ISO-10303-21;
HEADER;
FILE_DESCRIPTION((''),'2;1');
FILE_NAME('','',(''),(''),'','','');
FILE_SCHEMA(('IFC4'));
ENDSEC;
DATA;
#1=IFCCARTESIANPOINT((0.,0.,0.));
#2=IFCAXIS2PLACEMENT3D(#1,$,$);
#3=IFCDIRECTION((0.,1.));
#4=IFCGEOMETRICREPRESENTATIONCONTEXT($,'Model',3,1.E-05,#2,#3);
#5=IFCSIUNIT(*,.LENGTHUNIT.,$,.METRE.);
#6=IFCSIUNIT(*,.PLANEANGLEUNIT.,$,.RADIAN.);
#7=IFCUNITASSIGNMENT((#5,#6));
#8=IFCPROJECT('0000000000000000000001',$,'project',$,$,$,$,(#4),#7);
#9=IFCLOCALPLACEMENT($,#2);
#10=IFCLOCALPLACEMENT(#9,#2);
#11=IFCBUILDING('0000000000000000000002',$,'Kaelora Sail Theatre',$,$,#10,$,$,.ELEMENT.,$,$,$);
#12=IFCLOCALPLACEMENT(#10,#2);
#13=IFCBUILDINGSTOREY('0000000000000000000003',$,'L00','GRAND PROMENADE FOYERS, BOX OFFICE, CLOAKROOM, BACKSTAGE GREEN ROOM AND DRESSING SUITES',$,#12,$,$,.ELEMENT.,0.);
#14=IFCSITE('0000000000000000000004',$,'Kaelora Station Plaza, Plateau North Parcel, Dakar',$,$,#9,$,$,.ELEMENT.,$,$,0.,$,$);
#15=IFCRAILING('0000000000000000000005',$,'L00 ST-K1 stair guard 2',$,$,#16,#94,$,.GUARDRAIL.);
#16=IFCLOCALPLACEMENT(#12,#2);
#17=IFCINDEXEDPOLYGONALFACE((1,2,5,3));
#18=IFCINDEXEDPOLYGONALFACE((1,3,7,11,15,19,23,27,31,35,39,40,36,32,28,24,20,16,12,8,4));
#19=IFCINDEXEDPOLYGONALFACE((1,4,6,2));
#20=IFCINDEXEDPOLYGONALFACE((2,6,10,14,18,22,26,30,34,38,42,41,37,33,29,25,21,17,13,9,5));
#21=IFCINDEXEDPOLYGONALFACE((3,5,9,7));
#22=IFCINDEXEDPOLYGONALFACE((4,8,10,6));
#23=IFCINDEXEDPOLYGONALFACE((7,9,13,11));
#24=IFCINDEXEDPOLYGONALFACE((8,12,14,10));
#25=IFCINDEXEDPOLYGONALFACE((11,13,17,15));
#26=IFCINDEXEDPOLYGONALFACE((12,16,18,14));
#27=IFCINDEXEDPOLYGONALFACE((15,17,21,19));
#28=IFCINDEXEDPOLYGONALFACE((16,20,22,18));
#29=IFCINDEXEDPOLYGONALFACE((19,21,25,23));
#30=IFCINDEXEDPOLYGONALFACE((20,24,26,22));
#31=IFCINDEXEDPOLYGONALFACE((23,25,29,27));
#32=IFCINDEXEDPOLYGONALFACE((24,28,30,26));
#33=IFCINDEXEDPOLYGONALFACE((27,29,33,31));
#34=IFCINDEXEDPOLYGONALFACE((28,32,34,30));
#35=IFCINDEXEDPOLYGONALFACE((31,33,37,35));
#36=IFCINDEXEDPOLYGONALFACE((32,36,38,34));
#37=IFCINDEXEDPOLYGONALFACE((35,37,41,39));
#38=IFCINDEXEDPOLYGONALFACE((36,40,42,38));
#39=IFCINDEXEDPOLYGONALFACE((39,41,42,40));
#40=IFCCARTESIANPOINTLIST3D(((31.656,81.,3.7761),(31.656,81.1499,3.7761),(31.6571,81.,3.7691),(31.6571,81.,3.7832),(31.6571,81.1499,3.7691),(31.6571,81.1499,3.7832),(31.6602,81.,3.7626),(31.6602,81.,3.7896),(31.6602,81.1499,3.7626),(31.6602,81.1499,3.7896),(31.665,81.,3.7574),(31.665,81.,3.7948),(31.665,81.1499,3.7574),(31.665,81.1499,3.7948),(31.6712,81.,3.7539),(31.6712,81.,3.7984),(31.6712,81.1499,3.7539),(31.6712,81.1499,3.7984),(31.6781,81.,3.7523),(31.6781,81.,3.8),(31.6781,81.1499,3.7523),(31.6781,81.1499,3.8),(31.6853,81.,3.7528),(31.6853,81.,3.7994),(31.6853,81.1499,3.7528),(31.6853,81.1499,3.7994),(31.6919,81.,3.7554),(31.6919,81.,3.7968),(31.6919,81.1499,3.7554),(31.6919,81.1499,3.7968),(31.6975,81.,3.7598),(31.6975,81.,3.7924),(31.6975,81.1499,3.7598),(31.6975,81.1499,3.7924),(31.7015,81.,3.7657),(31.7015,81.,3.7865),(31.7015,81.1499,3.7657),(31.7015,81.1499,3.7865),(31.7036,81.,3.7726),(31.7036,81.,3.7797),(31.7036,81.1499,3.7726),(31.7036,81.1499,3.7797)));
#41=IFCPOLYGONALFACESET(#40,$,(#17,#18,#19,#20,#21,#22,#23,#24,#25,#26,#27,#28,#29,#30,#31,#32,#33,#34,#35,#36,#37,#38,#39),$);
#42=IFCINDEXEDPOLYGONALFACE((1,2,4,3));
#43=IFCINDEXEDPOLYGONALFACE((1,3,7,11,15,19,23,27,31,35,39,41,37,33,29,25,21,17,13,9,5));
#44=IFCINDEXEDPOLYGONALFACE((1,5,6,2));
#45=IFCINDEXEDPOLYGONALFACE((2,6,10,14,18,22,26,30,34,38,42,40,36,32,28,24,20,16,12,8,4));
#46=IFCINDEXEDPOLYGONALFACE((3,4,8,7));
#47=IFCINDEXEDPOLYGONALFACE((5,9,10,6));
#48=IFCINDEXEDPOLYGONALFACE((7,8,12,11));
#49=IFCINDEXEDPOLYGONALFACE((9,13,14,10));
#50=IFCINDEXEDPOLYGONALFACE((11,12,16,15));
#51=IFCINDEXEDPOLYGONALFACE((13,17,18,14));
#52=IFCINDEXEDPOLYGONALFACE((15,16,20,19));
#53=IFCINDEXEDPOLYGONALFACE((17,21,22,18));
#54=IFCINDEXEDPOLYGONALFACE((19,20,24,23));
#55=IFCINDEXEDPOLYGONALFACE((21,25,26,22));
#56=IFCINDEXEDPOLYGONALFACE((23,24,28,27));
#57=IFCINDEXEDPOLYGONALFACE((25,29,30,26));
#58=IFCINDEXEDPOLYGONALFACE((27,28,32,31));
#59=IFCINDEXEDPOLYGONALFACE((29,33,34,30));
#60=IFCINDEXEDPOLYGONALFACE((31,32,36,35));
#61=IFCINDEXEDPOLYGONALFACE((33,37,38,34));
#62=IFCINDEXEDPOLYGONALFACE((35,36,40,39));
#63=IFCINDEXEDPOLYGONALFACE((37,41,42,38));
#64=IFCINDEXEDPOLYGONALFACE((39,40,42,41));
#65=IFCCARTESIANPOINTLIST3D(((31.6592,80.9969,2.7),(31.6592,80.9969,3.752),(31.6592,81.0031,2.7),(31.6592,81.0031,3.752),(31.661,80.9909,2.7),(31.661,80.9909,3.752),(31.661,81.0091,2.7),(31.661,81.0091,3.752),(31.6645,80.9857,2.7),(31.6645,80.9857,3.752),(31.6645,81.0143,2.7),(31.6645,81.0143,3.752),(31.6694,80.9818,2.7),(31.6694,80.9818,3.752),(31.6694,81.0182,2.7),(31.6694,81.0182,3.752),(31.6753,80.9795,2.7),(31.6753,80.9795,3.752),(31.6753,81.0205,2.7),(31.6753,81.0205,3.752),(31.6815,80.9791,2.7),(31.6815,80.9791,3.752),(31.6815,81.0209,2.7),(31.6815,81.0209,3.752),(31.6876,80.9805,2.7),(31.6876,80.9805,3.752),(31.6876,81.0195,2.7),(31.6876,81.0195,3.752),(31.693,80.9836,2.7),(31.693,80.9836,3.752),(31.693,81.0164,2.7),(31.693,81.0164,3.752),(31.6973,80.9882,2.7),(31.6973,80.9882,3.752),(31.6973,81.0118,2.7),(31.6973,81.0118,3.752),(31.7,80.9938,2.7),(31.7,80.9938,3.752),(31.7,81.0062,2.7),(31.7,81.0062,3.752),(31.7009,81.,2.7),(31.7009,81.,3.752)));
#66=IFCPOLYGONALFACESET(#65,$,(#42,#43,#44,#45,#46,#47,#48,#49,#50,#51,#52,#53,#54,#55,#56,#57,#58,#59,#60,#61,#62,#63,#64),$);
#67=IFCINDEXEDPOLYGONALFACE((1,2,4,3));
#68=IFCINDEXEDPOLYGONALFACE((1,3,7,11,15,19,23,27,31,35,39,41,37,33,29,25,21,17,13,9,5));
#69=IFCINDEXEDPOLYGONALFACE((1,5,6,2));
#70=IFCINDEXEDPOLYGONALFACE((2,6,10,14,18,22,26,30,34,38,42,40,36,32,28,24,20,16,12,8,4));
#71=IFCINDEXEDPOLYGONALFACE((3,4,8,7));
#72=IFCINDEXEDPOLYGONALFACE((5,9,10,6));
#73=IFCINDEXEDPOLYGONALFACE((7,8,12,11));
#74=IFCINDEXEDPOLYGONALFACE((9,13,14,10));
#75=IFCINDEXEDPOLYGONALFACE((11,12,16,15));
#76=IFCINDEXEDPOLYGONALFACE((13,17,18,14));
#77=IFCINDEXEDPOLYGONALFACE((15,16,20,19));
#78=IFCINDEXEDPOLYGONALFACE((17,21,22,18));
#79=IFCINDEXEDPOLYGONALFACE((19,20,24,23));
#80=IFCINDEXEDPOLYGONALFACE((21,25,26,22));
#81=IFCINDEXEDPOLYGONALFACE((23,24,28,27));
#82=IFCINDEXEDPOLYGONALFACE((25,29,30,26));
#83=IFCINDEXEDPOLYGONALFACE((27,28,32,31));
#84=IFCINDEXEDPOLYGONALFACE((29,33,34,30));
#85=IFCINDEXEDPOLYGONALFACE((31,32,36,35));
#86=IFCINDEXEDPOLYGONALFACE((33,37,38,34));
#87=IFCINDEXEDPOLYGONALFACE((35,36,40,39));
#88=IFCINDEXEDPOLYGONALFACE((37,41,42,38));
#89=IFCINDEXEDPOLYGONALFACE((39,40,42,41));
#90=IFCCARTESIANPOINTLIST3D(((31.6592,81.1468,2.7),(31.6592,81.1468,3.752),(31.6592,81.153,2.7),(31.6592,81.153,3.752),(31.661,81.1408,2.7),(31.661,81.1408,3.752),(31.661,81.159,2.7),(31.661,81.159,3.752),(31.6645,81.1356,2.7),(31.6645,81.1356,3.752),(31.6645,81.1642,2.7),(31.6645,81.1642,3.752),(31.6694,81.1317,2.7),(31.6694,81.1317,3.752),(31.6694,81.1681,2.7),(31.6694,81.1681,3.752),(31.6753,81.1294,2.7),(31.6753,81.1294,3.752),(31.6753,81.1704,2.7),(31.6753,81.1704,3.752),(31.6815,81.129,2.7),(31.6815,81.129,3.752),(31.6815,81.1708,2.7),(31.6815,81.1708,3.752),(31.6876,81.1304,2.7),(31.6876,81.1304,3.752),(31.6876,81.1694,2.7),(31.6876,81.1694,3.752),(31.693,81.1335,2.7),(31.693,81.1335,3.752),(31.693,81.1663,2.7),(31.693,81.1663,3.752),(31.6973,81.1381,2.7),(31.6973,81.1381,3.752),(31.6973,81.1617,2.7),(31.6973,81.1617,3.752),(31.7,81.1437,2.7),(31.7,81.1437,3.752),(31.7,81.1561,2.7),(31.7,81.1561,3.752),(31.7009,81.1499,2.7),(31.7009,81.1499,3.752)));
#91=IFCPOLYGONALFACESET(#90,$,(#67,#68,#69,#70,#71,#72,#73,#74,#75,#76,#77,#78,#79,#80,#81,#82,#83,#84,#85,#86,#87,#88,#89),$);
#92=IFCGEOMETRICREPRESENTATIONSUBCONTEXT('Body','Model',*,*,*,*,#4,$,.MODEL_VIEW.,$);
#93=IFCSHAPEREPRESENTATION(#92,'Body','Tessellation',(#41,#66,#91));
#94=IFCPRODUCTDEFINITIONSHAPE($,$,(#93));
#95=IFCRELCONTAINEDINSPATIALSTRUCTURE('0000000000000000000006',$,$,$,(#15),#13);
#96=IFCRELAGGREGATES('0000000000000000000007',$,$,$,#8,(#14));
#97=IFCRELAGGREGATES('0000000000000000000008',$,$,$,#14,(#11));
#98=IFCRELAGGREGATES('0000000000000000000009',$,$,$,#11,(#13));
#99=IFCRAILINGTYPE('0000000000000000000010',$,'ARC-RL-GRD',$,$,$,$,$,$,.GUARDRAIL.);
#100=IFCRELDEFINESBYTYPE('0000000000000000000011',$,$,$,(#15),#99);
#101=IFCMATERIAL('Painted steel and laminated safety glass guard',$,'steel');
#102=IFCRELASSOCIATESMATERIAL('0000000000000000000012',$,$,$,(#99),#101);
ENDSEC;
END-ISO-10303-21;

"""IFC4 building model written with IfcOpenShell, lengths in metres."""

from ifc_helpers import new_model, si_unit, direction, frame, origin, origin_2d, place, context, subcontext, project, spatial, circle, extrude, material, type_object, element, save


model = new_model("IFC4")

# Units and contexts
model_context = context("Model", 3, precision=1e-05, world=origin(), true_north=direction((0.0, 1.0)))
body_context = subcontext(model_context, "Body", "Model", "MODEL_VIEW")
ifc_project = project(units=[si_unit("LENGTHUNIT", "METRE"), si_unit("PLANEANGLEUNIT", "RADIAN")], contexts=[model_context])

# Site, building, storey
site_placement = place(None, origin())
site = spatial("IfcSite", under=ifc_project, at=site_placement, Name="Kaelora Station Plaza, Plateau North Parcel, Dakar", CompositionType="ELEMENT", RefElevation=0.0)
building_placement = place(site_placement, origin())
building = spatial("IfcBuilding", under=site, at=building_placement, Name="Kaelora Sail Theatre", CompositionType="ELEMENT")
storey_placement = place(building_placement, origin())
storey = spatial("IfcBuildingStorey", under=building, at=storey_placement, Name="L00", Description="GRAND PROMENADE FOYERS, BOX OFFICE, CLOAKROOM, BACKSTAGE GREEN ROOM AND DRESSING SUITES", CompositionType="ELEMENT", Elevation=0.0)

# Railing
ifc_material_1 = material(Name="Painted steel and laminated safety glass guard", Category="steel")
railing_type_1 = type_object("IfcRailingType", Name="ARC-RL-GRD", PredefinedType="GUARDRAIL", material=ifc_material_1)
railing_1_placement = place(storey_placement, frame((31.6799, 81.0, 2.7)))
element("IfcRailing", 1, at=railing_1_placement, inside=storey, type_object=railing_type_1, Name="L00 ST-K1 stair guard 2", PredefinedType="GUARDRAIL", context=body_context, shape_type="SweptSolid", body=[
    extrude(circle(Radius=0.0239, at=origin_2d()), frame((0.0, 0.0, 1.0762), z_axis=(0.0, 1.0, 0.0), x_axis=(-1.0, 0.0, 0.0)), (0.0, 0.0, 1.0), 0.1499),
    extrude(circle(Radius=0.021, at=origin_2d()), origin(), (0.0, 0.0, 1.0), 1.052),
    extrude(circle(Radius=0.021, at=origin_2d()), frame((0.0, 0.1499, 0.0)), (0.0, 0.0, 1.0), 1.052),
])

save(model, "model.ifc")
